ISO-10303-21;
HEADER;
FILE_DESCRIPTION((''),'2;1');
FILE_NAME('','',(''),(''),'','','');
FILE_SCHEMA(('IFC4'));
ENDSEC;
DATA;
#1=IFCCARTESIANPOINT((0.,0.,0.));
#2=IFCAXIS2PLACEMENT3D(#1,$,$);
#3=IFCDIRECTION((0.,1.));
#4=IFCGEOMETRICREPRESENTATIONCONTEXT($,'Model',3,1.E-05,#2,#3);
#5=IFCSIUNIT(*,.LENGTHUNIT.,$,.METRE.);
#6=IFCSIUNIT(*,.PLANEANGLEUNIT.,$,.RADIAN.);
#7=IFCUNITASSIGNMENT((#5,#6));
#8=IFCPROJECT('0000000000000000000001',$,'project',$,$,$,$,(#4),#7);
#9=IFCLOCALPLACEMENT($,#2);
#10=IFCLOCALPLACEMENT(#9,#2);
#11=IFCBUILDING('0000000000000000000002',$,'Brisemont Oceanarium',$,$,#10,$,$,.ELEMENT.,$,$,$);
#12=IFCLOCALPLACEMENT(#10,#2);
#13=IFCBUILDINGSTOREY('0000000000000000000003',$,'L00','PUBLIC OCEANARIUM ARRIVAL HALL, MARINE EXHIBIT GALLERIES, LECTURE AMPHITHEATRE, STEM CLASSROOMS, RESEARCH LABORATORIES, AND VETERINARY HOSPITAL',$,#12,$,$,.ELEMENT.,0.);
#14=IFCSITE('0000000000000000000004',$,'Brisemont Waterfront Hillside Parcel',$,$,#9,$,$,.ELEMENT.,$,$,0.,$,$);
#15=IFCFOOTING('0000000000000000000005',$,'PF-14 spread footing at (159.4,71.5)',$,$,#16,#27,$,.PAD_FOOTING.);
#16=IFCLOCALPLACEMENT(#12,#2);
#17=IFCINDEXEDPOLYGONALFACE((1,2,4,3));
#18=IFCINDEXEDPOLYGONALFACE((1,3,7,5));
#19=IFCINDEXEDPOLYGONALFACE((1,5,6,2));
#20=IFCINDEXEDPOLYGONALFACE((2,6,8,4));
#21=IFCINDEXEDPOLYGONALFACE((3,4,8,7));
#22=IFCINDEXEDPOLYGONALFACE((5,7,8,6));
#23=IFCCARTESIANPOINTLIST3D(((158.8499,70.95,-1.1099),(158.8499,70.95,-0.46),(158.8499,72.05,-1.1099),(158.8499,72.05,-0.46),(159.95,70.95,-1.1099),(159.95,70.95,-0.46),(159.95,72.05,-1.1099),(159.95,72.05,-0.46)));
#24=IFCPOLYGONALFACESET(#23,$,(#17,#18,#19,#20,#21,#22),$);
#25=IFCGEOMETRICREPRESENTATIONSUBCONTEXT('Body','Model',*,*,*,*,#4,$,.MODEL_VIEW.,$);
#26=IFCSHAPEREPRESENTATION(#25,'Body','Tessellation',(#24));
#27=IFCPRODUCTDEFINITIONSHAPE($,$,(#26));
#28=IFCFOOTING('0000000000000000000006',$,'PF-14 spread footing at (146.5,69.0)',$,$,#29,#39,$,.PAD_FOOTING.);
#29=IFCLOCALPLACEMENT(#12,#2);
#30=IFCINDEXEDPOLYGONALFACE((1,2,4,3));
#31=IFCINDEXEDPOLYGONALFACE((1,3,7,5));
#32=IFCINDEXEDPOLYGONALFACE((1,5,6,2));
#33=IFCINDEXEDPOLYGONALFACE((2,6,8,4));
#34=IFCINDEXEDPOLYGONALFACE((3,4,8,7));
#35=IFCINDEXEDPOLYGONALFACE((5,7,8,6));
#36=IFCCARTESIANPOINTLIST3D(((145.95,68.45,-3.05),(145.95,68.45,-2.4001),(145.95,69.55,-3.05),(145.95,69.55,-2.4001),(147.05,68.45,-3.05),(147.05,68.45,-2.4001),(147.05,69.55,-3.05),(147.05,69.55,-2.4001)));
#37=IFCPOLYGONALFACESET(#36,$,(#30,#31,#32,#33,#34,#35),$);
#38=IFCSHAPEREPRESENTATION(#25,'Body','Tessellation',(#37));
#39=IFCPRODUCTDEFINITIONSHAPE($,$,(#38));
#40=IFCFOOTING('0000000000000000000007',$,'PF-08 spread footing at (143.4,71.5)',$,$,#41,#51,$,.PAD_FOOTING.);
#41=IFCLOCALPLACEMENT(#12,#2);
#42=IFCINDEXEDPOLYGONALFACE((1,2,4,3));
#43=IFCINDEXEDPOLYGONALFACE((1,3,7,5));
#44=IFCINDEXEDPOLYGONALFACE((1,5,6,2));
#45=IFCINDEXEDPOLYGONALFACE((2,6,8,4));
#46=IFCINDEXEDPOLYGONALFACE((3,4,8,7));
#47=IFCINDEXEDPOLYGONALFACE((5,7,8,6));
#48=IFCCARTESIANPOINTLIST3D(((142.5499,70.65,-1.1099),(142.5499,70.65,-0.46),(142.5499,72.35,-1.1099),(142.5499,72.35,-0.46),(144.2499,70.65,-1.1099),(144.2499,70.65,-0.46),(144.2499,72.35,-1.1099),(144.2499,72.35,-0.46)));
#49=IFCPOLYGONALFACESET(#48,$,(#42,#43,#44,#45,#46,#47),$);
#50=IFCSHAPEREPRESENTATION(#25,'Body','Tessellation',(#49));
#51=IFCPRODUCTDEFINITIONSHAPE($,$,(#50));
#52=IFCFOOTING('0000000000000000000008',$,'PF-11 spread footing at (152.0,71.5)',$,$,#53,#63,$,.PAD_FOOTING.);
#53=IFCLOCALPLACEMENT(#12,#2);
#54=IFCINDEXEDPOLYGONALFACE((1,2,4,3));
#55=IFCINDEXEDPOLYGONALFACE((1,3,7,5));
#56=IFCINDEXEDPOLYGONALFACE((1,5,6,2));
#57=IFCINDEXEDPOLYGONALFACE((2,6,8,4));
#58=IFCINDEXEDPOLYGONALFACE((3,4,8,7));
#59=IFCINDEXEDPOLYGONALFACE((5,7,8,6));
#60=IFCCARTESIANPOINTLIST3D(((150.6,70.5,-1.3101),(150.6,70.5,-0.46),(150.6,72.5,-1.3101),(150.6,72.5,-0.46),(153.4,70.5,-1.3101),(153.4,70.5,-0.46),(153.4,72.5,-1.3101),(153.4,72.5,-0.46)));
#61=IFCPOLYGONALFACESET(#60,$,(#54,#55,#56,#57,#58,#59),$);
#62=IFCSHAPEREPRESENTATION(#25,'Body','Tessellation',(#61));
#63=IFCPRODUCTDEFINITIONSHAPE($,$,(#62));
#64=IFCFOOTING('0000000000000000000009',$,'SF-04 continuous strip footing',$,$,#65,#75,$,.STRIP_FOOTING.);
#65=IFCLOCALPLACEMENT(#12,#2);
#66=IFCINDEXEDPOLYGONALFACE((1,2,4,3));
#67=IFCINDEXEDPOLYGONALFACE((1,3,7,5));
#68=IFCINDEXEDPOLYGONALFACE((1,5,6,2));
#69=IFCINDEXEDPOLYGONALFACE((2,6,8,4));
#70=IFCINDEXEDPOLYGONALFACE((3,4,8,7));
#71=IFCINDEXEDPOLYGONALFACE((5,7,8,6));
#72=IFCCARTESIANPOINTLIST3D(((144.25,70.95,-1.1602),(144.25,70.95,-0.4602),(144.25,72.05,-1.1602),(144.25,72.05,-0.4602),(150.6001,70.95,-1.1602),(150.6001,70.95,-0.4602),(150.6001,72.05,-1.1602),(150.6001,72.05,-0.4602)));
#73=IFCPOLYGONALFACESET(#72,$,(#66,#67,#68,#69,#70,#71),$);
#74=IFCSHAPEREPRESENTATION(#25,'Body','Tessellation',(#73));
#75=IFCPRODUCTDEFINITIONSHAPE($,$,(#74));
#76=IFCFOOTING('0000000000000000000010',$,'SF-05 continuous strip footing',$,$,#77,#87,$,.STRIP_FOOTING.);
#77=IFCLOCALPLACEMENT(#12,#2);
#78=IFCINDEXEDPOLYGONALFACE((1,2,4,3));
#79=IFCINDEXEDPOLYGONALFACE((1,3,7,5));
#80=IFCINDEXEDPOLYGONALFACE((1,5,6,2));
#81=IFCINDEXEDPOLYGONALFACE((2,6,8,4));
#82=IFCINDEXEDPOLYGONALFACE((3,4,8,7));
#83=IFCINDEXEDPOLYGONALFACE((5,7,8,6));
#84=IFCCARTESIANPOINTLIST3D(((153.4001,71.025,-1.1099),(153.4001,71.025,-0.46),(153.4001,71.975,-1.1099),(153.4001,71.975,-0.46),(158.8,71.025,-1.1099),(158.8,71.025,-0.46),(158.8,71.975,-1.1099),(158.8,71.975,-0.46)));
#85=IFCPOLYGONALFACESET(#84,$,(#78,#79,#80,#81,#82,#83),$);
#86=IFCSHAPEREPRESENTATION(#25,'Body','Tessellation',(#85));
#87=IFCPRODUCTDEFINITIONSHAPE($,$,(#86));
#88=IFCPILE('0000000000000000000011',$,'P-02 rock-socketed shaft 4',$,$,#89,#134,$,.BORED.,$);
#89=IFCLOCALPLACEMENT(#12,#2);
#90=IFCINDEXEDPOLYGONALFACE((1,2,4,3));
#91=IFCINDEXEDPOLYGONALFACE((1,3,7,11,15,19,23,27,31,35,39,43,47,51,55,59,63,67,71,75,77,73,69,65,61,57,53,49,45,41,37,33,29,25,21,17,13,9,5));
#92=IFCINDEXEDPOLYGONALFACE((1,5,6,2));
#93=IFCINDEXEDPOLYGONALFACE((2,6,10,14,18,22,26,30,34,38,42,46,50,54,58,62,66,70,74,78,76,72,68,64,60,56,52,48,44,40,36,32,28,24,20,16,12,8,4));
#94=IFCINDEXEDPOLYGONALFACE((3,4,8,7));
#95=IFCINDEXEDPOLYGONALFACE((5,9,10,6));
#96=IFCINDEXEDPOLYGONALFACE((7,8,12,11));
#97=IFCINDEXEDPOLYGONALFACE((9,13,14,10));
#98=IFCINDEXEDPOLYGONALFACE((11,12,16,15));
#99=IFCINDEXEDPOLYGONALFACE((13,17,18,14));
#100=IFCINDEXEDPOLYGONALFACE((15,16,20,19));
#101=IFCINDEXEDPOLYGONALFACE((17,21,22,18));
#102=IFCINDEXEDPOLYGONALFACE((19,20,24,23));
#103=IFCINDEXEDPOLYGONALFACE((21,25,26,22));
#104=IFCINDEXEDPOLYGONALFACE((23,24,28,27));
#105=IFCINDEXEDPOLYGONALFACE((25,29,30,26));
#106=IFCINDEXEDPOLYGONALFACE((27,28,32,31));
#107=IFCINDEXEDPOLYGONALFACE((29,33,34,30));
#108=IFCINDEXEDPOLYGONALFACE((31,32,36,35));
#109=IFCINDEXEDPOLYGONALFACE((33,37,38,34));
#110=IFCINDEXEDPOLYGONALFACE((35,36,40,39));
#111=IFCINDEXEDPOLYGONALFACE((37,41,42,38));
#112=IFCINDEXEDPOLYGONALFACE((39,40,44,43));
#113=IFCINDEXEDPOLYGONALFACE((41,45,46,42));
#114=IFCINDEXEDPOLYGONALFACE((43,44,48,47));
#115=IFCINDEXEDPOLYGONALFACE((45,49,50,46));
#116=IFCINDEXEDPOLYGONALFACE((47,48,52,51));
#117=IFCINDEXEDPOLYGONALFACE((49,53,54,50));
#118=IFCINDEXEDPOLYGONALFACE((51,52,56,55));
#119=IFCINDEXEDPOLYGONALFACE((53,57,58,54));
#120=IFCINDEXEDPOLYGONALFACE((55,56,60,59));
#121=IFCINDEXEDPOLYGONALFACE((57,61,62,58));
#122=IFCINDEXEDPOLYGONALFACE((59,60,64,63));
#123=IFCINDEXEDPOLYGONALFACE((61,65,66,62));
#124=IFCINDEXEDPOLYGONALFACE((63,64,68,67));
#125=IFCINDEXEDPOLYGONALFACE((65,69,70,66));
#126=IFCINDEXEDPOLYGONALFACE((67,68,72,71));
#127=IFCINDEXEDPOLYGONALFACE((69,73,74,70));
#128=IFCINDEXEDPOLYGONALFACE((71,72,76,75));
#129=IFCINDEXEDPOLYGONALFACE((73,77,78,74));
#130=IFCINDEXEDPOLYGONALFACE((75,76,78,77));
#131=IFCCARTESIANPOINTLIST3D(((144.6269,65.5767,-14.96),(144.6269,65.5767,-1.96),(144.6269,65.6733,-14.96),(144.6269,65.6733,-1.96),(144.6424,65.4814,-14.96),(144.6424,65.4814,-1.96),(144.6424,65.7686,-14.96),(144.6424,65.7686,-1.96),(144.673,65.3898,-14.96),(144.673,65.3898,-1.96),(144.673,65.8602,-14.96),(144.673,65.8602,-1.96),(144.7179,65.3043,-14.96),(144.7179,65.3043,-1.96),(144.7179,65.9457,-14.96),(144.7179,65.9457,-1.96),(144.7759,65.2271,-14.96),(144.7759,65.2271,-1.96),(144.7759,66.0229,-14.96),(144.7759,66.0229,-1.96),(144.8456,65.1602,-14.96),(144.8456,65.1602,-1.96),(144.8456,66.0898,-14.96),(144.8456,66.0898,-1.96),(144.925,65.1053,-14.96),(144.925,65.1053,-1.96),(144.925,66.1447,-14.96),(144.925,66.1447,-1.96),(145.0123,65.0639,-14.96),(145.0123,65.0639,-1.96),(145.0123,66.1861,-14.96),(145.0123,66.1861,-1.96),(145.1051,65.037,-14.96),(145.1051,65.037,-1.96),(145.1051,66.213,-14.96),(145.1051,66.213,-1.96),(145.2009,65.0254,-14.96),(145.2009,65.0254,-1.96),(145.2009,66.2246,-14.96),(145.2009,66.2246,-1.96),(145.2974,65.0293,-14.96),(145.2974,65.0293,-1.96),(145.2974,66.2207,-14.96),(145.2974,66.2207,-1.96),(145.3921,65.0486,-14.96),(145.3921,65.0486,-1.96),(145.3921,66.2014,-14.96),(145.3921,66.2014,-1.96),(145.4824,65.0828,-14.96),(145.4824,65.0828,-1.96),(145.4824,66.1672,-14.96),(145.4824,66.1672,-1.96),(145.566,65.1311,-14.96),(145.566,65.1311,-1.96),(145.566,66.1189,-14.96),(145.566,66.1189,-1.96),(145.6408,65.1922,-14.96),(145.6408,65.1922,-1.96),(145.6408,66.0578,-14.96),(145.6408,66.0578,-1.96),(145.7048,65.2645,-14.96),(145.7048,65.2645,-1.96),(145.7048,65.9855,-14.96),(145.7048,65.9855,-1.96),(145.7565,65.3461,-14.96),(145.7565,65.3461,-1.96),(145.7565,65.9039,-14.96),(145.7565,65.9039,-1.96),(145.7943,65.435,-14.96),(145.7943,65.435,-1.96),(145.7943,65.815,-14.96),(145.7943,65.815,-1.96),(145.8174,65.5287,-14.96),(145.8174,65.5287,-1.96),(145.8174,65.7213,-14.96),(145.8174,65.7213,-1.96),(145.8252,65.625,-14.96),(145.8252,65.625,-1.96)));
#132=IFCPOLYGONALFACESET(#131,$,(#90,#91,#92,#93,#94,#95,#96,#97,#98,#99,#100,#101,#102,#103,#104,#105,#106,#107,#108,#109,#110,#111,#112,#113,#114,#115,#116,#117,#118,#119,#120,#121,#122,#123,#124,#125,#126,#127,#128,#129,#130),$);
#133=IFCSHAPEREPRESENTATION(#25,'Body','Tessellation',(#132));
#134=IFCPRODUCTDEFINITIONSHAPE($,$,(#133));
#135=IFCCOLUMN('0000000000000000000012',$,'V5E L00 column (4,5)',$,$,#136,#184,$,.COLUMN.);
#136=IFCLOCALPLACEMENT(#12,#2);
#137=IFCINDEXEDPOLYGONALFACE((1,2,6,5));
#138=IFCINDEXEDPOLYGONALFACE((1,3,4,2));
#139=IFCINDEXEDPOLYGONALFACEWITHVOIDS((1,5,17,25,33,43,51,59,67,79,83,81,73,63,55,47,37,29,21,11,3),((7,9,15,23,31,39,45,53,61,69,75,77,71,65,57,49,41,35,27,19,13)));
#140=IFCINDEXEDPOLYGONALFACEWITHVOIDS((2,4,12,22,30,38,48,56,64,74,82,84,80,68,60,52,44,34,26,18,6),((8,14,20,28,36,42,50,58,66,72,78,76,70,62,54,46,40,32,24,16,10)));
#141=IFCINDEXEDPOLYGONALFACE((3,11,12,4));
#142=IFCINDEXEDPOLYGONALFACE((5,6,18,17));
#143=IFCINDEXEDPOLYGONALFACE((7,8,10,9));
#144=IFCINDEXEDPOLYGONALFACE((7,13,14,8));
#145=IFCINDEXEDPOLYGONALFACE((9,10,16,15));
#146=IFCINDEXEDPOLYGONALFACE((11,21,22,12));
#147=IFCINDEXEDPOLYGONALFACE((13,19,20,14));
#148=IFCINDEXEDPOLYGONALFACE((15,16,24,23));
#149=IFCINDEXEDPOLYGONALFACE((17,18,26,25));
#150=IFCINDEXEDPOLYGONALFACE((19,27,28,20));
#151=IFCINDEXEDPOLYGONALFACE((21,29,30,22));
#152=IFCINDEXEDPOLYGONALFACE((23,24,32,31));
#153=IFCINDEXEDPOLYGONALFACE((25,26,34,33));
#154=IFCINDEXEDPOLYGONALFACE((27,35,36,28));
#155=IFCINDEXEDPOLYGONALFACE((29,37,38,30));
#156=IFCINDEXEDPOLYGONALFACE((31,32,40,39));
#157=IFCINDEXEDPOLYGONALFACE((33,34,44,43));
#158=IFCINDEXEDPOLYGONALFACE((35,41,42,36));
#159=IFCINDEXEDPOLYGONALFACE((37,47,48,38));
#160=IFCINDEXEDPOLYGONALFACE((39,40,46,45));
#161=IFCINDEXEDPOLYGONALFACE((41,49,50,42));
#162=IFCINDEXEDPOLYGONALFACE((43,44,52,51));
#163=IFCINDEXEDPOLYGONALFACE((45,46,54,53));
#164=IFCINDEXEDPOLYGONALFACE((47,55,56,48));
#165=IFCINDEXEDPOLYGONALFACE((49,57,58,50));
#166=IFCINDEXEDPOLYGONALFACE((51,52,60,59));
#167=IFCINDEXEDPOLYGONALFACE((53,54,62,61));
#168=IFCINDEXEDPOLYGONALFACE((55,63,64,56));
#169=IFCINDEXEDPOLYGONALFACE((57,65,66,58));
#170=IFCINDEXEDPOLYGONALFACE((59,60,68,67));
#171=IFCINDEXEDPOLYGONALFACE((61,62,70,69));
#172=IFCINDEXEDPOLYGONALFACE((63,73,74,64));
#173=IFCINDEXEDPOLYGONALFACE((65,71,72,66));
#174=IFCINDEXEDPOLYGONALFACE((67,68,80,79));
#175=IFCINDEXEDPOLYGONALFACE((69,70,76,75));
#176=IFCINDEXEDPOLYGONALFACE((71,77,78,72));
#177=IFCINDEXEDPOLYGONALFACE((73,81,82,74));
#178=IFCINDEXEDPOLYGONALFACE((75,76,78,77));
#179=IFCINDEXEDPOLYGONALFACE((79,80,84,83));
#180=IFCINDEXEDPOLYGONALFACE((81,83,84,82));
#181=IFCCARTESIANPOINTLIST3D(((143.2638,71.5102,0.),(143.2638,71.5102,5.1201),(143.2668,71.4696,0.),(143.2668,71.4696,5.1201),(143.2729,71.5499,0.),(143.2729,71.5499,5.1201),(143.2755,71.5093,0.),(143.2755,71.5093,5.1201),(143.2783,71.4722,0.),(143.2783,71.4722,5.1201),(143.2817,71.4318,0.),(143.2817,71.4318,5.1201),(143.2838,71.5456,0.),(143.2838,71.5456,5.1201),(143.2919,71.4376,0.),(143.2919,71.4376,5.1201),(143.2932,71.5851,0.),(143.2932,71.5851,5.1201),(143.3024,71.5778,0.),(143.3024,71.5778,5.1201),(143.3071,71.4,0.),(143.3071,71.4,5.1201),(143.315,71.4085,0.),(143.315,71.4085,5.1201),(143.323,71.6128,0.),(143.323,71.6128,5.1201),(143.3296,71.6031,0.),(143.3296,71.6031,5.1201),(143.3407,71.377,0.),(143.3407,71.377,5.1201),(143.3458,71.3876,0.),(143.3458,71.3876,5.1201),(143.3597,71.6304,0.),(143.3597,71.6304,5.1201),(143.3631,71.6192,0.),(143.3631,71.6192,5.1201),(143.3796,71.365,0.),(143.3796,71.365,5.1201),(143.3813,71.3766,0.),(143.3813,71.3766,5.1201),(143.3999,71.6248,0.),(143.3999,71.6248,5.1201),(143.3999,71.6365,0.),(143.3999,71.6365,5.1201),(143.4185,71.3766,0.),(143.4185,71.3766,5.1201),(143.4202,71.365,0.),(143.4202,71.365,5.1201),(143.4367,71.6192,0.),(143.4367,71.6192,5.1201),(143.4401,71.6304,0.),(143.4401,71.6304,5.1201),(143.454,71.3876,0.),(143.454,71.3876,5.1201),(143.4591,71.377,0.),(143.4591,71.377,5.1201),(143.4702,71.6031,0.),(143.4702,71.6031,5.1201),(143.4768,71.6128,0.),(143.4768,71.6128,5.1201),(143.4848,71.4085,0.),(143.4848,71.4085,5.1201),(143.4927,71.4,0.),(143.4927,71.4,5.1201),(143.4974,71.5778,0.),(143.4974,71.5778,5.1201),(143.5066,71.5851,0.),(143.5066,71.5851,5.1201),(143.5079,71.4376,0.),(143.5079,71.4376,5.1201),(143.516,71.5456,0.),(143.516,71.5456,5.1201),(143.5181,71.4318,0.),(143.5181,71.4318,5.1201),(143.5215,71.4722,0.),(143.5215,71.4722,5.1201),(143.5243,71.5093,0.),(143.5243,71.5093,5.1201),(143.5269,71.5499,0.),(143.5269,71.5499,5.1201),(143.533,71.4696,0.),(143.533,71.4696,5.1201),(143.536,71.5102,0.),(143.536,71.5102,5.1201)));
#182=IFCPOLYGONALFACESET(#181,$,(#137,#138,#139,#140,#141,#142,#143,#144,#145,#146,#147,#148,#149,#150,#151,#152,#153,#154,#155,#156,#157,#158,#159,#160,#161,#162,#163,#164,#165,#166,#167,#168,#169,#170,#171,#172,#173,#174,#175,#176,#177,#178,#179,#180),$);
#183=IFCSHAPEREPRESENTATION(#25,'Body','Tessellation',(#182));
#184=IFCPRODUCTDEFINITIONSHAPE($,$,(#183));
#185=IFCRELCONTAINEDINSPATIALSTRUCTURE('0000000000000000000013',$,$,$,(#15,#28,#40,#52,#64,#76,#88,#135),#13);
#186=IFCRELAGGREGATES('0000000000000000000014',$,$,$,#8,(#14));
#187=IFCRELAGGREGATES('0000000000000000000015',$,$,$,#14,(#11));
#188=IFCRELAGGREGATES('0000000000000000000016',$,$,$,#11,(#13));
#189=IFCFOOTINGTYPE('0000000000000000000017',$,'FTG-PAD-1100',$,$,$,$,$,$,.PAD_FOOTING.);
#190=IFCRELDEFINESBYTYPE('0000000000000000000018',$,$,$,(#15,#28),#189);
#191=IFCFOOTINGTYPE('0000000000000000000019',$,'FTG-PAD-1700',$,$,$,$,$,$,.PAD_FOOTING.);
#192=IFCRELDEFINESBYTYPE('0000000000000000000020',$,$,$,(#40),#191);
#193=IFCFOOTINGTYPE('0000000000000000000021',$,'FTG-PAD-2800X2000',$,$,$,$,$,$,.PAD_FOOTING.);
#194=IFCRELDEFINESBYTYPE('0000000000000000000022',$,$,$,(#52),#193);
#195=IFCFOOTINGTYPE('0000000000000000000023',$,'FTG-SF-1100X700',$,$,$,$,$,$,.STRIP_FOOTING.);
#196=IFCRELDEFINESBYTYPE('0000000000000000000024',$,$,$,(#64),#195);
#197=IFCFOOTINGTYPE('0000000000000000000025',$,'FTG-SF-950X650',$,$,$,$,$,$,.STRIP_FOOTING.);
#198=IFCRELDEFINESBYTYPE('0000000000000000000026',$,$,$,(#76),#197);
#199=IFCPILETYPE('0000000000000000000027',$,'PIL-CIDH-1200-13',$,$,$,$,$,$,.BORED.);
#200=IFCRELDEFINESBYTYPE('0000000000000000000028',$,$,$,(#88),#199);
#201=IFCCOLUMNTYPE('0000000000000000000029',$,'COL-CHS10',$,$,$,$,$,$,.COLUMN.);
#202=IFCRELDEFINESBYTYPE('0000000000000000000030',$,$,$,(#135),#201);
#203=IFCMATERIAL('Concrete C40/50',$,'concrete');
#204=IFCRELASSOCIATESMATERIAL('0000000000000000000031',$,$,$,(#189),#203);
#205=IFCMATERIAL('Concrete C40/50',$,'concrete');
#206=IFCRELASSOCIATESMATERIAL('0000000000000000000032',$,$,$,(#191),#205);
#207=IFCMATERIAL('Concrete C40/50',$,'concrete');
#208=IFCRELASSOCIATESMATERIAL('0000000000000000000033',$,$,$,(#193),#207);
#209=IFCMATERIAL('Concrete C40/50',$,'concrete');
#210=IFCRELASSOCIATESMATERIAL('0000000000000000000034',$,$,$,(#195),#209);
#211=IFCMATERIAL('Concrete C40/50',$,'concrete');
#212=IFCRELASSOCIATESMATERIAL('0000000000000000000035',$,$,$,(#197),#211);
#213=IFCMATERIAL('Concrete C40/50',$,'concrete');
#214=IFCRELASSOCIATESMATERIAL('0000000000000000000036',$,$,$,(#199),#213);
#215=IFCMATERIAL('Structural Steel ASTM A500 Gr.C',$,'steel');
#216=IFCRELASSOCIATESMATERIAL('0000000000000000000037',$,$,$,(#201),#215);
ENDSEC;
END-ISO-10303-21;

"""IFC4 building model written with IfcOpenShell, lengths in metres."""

from ifc_helpers import new_model, si_unit, direction, frame, origin, origin_2d, place, context, subcontext, project, spatial, rectangle, circle, hollow_circle, extrude, material, material_profile, profile_set, type_object, element, save


model = new_model("IFC4")

# Units and contexts
model_context = context("Model", 3, precision=1e-05, world=origin(), true_north=direction((0.0, 1.0)))
body_context = subcontext(model_context, "Body", "Model", "MODEL_VIEW")
ifc_project = project(units=[si_unit("LENGTHUNIT", "METRE"), si_unit("PLANEANGLEUNIT", "RADIAN")], contexts=[model_context])

# Site, building, storey
site_placement = place(None, origin())
site = spatial("IfcSite", under=ifc_project, at=site_placement, Name="Brisemont Waterfront Hillside Parcel", CompositionType="ELEMENT", RefElevation=0.0)
building_placement = place(site_placement, origin())
building = spatial("IfcBuilding", under=site, at=building_placement, Name="Brisemont Oceanarium", CompositionType="ELEMENT")
storey_placement = place(building_placement, origin())
storey = spatial("IfcBuildingStorey", under=building, at=storey_placement, Name="L00", Description="PUBLIC OCEANARIUM ARRIVAL HALL, MARINE EXHIBIT GALLERIES, LECTURE AMPHITHEATRE, STEM CLASSROOMS, RESEARCH LABORATORIES, AND VETERINARY HOSPITAL", CompositionType="ELEMENT", Elevation=0.0)

# Footings
ifc_material_1 = material(Name="Concrete C40/50", Category="concrete")
footing_type_1 = type_object("IfcFootingType", Name="FTG-PAD-1100", PredefinedType="PAD_FOOTING", material=ifc_material_1)
for number, where, z_axis, x_axis, name in (
    (1, (159.3999, 71.5, -1.1099), (0.0, 0.0, 1.0), (1.0, 0.0, 0.0), "PF-14 spread footing at (159.4,71.5)"),
    (2, (146.5, 69.0, -3.05), (0.0, 0.0, 1.0), (1.0, 0.0, 0.0), "PF-14 spread footing at (146.5,69.0)"),
):
    element("IfcFooting", number, at=place(storey_placement, frame(where, z_axis=z_axis, x_axis=x_axis)), inside=storey, type_object=footing_type_1, Name=name, PredefinedType="PAD_FOOTING", context=body_context, shape_type="SweptSolid", body=[
        extrude(rectangle(XDim=1.1001, YDim=1.1001, at=origin_2d()), origin(), (0.0, 0.0, 1.0), 0.6499),
    ])
ifc_material_2 = material(Name="Concrete C40/50", Category="concrete")
footing_type_2 = type_object("IfcFootingType", Name="FTG-PAD-1700", PredefinedType="PAD_FOOTING", material=ifc_material_2)
footing_1_placement = place(storey_placement, frame((143.3999, 71.5, -1.1099), z_axis=(0.0, 0.0, 1.0), x_axis=(1.0, 0.0, 0.0)))
element("IfcFooting", 3, at=footing_1_placement, inside=storey, type_object=footing_type_2, Name="PF-08 spread footing at (143.4,71.5)", PredefinedType="PAD_FOOTING", context=body_context, shape_type="SweptSolid", body=[
    extrude(rectangle(XDim=1.7, YDim=1.7, at=origin_2d()), origin(), (0.0, 0.0, 1.0), 0.6499),
])
ifc_material_3 = material(Name="Concrete C40/50", Category="concrete")
footing_type_3 = type_object("IfcFootingType", Name="FTG-PAD-2800X2000", PredefinedType="PAD_FOOTING", material=ifc_material_3)
footing_2_placement = place(storey_placement, frame((152.0, 71.5, -1.3101), z_axis=(0.0, 0.0, 1.0), x_axis=(1.0, 0.0, 0.0)))
element("IfcFooting", 4, at=footing_2_placement, inside=storey, type_object=footing_type_3, Name="PF-11 spread footing at (152.0,71.5)", PredefinedType="PAD_FOOTING", context=body_context, shape_type="SweptSolid", body=[
    extrude(rectangle(XDim=2.8, YDim=2.0, at=origin_2d()), origin(), (0.0, 0.0, 1.0), 0.8501),
])
ifc_material_4 = material(Name="Concrete C40/50", Category="concrete")
footing_type_4 = type_object("IfcFootingType", Name="FTG-SF-1100X700", PredefinedType="STRIP_FOOTING", material=ifc_material_4)
footing_3_placement = place(storey_placement, frame((147.425, 71.5, -1.1602), z_axis=(0.0, 0.0, 1.0), x_axis=(1.0, 0.0, 0.0)))
element("IfcFooting", 5, at=footing_3_placement, inside=storey, type_object=footing_type_4, Name="SF-04 continuous strip footing", PredefinedType="STRIP_FOOTING", context=body_context, shape_type="SweptSolid", body=[
    extrude(rectangle(XDim=6.3501, YDim=1.1001, at=origin_2d()), origin(), (0.0, 0.0, 1.0), 0.7),
])
ifc_material_5 = material(Name="Concrete C40/50", Category="concrete")
footing_type_5 = type_object("IfcFootingType", Name="FTG-SF-950X650", PredefinedType="STRIP_FOOTING", material=ifc_material_5)
footing_4_placement = place(storey_placement, frame((156.1001, 71.5, -1.1099), z_axis=(0.0, 0.0, 1.0), x_axis=(1.0, 0.0, 0.0)))
element("IfcFooting", 6, at=footing_4_placement, inside=storey, type_object=footing_type_5, Name="SF-05 continuous strip footing", PredefinedType="STRIP_FOOTING", context=body_context, shape_type="SweptSolid", body=[
    extrude(rectangle(XDim=5.3999, YDim=0.95, at=origin_2d()), origin(), (0.0, 0.0, 1.0), 0.6499),
])

# Pile
ifc_material_6 = material(Name="Concrete C40/50", Category="concrete")
ifc_material_profile_1 = material_profile(ifc_material_6, circle(Radius=0.6001, at=origin_2d()), Name="CIDH-D1200")
ifc_profile_set_1 = profile_set([ifc_material_profile_1], Name="Concrete C40/50")
pile_type = type_object("IfcPileType", Name="PIL-CIDH-1200-13", PredefinedType="BORED", material=ifc_profile_set_1)
pile_placement = place(storey_placement, frame((145.2251, 65.625, -1.96), z_axis=(0.0, 0.0, -1.0), x_axis=(1.0, 0.0, 0.0)))
element("IfcPile", 7, at=pile_placement, inside=storey, type_object=pile_type, Name="P-02 rock-socketed shaft 4", PredefinedType="BORED", context=body_context, shape_type="SweptSolid", body=[
    extrude(circle(Radius=0.6001, at=origin_2d()), origin(), (0.0, 0.0, 1.0), 13.0),
])

# Column
ifc_material_7 = material(Name="Structural Steel ASTM A500 Gr.C", Category="steel")
ifc_material_profile_2 = material_profile(ifc_material_7, hollow_circle(Radius=0.1365, WallThickness=0.0117, at=origin_2d()), Name="HSS10.750X0.500")
ifc_profile_set_2 = profile_set([ifc_material_profile_2], Name="Structural Steel ASTM A500 Gr.C")
column_type_1 = type_object("IfcColumnType", Name="COL-CHS10", PredefinedType="COLUMN", material=ifc_profile_set_2)
column_1_placement = place(storey_placement, frame((143.3999, 71.5, 0.0), z_axis=(0.0, 0.0, 1.0), x_axis=(0.0, 1.0, 0.0)))
element("IfcColumn", 8, at=column_1_placement, inside=storey, type_object=column_type_1, Name="V5E L00 column (4,5)", PredefinedType="COLUMN", context=body_context, shape_type="SweptSolid", body=[
    extrude(hollow_circle(Radius=0.1365, WallThickness=0.0117, at=origin_2d()), origin(), (0.0, 0.0, 1.0), 5.1201),
])

save(model, "model.ifc")
